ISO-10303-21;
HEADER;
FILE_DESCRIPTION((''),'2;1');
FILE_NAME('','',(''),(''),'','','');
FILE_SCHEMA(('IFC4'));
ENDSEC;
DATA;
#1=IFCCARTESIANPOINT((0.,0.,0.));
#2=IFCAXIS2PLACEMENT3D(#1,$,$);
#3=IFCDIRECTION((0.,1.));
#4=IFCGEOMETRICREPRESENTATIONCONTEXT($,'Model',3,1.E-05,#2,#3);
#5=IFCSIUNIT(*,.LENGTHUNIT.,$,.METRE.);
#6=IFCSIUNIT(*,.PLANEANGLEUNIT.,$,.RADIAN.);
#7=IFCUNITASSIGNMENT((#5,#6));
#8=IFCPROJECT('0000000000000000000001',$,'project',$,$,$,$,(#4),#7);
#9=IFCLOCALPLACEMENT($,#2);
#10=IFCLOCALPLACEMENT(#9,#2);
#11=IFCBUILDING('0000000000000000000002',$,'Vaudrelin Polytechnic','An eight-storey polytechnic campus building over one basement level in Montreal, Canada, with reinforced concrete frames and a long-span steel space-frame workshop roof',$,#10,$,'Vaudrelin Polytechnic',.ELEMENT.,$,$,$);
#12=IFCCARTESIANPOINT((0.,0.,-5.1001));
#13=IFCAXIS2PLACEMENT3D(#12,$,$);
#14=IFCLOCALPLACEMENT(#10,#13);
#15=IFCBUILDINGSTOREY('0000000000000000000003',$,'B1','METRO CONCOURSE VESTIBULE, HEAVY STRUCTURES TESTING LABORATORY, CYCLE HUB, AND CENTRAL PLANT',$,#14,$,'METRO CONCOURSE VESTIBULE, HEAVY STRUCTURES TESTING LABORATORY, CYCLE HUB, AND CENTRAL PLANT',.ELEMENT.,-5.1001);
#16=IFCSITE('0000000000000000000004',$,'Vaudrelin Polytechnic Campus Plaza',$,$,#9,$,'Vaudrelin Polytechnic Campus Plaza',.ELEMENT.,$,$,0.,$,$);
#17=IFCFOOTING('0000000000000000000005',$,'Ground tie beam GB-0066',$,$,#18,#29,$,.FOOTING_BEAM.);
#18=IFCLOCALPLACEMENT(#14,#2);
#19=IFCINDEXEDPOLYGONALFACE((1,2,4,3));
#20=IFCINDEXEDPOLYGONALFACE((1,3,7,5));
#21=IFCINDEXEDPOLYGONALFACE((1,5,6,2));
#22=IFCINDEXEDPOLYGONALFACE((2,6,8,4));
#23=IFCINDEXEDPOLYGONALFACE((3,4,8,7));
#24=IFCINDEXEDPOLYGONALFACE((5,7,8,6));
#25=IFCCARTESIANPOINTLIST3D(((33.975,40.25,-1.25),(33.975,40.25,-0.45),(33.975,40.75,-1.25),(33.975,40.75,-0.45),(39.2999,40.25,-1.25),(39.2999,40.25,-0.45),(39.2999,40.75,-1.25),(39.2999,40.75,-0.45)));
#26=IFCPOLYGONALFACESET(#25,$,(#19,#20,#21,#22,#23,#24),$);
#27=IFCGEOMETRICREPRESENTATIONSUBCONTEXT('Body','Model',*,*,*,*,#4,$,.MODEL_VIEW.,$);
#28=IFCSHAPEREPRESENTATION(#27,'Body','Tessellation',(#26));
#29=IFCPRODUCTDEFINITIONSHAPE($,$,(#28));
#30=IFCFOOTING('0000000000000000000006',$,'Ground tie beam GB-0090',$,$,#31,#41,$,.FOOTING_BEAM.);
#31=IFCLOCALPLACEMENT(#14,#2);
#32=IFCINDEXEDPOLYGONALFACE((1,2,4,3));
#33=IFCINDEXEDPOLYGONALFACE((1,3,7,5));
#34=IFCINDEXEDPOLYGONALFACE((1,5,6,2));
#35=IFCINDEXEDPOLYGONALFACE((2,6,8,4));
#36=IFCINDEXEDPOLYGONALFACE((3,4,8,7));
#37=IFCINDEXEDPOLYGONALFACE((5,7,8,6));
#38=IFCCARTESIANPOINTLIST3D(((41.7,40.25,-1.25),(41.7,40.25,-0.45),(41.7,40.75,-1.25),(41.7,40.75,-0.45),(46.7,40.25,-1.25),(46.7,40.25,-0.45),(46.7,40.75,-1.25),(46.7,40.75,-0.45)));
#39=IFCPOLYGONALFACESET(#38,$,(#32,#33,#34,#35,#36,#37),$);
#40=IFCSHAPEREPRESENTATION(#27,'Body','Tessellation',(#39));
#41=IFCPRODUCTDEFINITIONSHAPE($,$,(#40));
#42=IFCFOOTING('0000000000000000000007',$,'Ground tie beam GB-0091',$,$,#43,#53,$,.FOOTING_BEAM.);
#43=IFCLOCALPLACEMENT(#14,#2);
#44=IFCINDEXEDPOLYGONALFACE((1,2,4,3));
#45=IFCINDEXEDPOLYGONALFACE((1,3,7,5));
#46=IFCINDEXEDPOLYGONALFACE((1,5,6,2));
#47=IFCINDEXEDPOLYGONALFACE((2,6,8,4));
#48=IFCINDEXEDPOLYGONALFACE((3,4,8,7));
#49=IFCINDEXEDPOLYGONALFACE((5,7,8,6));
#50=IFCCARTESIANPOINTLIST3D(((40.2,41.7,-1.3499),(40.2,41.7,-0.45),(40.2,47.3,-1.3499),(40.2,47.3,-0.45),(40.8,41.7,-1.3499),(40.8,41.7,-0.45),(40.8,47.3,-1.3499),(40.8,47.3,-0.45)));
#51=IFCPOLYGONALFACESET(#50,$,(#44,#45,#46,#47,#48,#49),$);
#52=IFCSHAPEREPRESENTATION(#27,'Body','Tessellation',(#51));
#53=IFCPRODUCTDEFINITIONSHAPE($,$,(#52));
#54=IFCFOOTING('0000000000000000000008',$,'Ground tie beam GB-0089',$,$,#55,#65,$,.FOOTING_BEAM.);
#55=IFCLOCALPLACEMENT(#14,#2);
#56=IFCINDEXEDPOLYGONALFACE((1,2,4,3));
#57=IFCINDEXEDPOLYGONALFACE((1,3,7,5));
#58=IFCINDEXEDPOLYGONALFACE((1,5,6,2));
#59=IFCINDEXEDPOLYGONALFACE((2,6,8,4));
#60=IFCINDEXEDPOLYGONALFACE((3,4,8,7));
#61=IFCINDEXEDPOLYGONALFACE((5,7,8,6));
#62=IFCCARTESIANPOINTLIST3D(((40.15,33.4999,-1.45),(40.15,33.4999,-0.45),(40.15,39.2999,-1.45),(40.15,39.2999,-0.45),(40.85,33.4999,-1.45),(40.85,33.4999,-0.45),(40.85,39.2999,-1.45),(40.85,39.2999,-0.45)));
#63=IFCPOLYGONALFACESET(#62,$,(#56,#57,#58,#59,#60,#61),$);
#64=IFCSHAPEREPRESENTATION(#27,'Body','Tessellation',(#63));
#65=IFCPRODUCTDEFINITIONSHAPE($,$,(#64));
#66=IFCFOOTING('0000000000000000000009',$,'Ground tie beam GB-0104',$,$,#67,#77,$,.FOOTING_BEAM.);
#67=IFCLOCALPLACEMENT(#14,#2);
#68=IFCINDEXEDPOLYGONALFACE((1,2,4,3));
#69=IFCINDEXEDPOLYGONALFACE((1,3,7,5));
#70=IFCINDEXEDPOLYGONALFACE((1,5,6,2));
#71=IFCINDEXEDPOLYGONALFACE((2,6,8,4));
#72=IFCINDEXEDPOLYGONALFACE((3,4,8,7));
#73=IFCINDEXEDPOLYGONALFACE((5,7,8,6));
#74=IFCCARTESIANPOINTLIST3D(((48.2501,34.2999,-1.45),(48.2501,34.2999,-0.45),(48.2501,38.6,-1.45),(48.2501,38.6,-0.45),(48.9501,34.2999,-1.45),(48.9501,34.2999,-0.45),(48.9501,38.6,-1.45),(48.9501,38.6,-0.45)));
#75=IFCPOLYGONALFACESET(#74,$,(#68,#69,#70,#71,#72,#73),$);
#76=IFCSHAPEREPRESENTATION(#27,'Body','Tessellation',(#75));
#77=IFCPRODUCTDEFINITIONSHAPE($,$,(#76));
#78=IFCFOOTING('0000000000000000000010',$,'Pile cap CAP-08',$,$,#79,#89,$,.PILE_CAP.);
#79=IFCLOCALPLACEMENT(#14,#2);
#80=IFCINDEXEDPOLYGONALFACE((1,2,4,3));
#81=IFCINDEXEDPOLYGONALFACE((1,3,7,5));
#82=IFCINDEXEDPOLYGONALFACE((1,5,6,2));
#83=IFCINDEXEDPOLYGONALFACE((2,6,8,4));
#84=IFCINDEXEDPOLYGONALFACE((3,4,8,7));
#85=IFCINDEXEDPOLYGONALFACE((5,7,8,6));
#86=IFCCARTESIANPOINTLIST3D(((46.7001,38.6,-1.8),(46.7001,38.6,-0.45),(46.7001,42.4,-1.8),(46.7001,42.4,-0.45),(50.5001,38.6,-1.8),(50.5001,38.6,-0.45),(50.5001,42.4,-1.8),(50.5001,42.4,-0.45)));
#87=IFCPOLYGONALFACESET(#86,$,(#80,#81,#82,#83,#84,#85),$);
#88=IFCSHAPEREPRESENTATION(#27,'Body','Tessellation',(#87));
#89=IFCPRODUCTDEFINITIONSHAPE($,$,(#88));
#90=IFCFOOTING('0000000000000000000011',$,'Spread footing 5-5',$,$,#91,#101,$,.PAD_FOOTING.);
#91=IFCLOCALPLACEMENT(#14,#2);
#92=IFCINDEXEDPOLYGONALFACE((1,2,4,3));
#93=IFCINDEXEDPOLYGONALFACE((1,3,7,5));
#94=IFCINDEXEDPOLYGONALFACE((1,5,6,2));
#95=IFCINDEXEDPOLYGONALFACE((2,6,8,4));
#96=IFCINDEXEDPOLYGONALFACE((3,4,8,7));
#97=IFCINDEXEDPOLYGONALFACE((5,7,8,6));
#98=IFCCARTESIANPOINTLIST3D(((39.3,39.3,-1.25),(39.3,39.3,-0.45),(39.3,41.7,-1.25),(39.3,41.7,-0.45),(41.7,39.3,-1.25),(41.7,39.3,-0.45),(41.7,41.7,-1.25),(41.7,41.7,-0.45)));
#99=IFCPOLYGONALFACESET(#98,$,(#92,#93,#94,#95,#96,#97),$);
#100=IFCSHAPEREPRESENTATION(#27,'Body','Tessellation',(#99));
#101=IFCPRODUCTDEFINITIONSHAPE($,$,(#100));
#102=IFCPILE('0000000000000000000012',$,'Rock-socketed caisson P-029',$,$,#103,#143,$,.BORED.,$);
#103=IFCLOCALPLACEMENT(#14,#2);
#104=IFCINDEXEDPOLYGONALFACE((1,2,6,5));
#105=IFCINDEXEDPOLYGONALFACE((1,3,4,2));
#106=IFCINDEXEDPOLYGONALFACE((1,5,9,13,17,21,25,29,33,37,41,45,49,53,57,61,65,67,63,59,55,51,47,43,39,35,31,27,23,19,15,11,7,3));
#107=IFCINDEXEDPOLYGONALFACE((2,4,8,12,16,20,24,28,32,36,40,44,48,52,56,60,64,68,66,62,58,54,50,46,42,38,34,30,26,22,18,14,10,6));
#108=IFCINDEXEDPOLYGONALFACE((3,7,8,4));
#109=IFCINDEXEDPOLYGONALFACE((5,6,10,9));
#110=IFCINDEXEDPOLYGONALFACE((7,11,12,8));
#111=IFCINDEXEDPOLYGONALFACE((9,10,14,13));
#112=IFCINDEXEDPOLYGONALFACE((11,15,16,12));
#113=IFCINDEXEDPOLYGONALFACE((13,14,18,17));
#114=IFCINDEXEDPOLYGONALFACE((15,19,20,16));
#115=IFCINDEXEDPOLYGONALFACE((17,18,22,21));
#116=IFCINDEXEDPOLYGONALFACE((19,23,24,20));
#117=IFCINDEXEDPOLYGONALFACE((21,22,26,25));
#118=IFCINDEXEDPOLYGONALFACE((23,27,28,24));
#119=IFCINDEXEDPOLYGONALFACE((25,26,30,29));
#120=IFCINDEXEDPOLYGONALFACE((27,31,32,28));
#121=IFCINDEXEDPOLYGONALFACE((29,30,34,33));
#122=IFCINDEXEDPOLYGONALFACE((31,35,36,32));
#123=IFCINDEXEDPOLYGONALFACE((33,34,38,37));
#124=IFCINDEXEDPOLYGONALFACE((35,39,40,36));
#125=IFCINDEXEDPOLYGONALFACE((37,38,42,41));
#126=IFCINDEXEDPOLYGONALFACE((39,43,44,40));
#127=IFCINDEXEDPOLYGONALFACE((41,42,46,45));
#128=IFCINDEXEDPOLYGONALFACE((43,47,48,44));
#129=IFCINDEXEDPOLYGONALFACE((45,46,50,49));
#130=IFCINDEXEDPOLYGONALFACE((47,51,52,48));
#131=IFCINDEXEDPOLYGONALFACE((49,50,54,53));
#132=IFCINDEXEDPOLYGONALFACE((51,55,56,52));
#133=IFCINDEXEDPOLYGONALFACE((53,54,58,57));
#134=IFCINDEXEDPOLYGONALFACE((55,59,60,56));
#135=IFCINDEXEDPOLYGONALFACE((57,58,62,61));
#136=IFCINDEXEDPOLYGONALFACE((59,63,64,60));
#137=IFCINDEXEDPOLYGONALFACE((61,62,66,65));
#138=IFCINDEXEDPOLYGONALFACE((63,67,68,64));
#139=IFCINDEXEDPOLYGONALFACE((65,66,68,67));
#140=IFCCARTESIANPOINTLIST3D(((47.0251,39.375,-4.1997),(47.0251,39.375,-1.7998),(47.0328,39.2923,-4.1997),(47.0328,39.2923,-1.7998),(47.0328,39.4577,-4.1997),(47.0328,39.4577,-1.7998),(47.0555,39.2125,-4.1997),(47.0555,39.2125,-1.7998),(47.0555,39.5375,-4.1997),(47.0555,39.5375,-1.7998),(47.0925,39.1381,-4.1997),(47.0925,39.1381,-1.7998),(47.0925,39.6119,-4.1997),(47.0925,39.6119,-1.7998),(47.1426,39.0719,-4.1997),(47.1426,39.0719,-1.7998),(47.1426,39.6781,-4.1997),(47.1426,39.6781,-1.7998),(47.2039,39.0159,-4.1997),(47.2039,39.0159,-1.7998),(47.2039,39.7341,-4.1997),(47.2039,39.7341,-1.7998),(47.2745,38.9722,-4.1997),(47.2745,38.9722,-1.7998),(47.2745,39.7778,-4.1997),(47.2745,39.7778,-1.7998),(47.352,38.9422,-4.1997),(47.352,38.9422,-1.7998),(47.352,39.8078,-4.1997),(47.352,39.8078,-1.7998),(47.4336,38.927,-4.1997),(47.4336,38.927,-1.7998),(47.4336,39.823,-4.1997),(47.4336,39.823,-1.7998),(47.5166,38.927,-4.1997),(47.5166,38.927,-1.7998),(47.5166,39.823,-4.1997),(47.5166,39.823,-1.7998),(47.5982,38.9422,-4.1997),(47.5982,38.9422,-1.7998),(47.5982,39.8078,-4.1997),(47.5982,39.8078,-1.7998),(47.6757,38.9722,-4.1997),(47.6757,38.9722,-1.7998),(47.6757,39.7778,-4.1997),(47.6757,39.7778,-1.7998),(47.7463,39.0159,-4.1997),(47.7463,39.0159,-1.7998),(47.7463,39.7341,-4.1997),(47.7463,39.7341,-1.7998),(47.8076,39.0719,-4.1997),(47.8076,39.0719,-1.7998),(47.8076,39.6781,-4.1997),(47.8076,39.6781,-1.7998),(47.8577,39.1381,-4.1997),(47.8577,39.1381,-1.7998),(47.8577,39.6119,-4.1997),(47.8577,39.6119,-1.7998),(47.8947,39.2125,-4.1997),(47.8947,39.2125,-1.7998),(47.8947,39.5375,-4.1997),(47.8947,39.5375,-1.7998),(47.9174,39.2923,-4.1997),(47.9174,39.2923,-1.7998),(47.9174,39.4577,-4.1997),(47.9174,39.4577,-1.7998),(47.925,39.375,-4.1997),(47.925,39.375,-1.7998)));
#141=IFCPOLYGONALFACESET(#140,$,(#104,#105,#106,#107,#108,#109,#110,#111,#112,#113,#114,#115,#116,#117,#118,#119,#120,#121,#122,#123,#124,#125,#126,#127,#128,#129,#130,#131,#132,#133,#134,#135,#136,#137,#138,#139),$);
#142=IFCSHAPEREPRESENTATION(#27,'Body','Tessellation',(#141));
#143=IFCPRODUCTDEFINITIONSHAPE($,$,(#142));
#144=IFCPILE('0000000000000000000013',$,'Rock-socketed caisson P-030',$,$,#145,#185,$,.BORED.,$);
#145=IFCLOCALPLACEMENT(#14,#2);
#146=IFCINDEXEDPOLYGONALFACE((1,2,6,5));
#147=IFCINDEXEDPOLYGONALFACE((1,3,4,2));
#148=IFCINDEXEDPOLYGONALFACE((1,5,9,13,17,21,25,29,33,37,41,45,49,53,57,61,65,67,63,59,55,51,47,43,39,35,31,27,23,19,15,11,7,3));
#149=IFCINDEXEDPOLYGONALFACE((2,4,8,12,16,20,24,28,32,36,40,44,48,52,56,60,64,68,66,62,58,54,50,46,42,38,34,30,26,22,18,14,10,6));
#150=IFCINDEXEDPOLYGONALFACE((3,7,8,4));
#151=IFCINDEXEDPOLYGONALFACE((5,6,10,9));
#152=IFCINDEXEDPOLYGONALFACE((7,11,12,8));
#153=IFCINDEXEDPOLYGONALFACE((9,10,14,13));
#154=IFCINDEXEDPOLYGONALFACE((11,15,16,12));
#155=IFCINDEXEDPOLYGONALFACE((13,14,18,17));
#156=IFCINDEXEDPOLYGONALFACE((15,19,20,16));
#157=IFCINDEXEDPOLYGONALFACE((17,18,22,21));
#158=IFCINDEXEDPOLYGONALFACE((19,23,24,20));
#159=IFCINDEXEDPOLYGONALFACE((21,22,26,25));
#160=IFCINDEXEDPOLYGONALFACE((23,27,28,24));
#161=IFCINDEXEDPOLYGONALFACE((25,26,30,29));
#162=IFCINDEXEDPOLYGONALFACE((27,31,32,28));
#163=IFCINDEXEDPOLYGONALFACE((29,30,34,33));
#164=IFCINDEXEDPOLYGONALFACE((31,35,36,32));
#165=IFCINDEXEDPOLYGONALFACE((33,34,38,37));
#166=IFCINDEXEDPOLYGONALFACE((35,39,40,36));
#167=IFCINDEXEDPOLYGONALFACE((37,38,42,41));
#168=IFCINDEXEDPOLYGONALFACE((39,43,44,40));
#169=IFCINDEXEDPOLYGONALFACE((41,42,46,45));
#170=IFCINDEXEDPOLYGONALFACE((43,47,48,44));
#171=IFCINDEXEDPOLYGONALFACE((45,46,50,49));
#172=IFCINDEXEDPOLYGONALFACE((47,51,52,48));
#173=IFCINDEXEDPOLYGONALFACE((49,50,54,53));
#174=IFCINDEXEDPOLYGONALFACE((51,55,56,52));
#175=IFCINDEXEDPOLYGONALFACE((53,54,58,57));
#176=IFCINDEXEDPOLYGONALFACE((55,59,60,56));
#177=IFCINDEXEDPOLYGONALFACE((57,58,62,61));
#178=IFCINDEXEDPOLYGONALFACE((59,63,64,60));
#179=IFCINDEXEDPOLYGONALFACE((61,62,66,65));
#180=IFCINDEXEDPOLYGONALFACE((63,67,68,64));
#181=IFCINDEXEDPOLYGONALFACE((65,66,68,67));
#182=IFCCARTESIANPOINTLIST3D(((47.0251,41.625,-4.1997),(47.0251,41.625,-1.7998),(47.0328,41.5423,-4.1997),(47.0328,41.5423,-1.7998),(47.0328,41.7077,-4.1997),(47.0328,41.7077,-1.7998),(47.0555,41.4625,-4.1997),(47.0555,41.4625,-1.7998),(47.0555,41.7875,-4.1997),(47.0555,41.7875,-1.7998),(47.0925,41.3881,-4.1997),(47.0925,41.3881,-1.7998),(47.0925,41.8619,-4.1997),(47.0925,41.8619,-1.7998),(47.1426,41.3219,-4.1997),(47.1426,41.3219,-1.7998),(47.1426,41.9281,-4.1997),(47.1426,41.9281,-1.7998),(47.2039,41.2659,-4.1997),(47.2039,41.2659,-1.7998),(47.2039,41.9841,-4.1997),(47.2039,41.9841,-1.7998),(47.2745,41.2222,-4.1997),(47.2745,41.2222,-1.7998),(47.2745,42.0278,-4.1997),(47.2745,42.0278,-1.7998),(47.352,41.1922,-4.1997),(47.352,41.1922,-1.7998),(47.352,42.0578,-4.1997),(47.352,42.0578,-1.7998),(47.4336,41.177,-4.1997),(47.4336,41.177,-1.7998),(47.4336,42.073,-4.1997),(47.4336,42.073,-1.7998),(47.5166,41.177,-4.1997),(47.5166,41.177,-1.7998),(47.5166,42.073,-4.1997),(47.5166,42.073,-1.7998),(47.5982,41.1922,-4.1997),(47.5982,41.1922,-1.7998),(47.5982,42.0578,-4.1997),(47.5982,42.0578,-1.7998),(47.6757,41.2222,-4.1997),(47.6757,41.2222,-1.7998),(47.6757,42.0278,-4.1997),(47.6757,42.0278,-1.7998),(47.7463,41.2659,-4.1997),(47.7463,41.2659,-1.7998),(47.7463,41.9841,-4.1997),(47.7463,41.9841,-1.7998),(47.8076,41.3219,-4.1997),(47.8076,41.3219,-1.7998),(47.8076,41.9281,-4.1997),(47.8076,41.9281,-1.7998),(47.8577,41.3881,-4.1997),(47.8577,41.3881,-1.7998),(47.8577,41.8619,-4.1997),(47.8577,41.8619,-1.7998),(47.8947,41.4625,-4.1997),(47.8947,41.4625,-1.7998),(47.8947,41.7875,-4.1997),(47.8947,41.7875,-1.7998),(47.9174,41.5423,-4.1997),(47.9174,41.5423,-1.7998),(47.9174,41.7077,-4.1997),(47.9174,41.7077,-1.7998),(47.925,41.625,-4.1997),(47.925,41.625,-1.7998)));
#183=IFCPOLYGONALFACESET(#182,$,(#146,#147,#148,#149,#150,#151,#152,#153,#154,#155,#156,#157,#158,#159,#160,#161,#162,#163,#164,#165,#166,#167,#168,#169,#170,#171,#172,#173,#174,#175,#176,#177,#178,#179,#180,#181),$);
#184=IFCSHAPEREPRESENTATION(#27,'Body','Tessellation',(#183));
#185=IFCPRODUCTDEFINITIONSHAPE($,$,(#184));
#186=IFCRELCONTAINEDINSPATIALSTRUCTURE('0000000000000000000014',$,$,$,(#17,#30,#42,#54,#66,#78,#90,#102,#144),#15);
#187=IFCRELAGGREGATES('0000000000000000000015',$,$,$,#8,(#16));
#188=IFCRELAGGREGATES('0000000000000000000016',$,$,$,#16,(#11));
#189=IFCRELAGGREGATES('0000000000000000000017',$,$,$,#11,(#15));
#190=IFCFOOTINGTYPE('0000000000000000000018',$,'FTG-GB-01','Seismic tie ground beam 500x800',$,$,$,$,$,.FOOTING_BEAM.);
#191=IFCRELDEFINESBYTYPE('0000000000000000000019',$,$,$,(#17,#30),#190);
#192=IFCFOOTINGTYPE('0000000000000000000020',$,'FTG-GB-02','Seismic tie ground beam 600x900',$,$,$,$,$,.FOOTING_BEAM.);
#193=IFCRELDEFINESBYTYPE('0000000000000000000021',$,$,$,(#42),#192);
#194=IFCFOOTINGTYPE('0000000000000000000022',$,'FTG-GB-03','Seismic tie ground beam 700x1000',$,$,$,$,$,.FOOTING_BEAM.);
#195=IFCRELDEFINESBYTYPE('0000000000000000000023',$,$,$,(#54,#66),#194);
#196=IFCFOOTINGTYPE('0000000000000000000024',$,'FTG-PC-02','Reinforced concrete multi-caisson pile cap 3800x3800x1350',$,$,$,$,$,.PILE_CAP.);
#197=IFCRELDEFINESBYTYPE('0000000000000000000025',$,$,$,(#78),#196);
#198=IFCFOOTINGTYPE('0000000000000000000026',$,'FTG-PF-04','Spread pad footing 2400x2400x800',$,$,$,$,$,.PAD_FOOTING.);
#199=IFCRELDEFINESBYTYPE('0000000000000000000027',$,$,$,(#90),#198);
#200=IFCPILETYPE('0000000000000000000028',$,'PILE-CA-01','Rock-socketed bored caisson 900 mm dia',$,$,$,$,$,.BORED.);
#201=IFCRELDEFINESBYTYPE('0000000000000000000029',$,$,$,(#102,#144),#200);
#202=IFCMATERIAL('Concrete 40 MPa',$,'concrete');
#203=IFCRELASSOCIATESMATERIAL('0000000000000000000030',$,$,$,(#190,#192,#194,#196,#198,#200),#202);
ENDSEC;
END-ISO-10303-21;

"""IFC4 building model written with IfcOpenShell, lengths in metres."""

from ifc_helpers import new_model, si_unit, direction, frame, origin, origin_2d, place, context, subcontext, project, spatial, rectangle, circle, extrude, material, material_profile, profile_set, type_object, element, save


model = new_model("IFC4")

# Units and contexts
model_context = context("Model", 3, precision=1e-05, world=origin(), true_north=direction((0.0, 1.0)))
body_context = subcontext(model_context, "Body", "Model", "MODEL_VIEW")
ifc_project = project(units=[si_unit("LENGTHUNIT", "METRE"), si_unit("PLANEANGLEUNIT", "RADIAN")], contexts=[model_context])

# Site, building, storey
site_placement = place(None, origin())
site = spatial("IfcSite", under=ifc_project, at=site_placement, Name="Vaudrelin Polytechnic Campus Plaza", LongName="Vaudrelin Polytechnic Campus Plaza", CompositionType="ELEMENT", RefElevation=0.0)
building_placement = place(site_placement, origin())
building = spatial("IfcBuilding", under=site, at=building_placement, Name="Vaudrelin Polytechnic", Description="An eight-storey polytechnic campus building over one basement level in Montreal, Canada, with reinforced concrete frames and a long-span steel space-frame workshop roof", LongName="Vaudrelin Polytechnic", CompositionType="ELEMENT")
storey_placement = place(building_placement, frame((0.0, 0.0, -5.1001)))
storey = spatial("IfcBuildingStorey", under=building, at=storey_placement, Name="B1", Description="METRO CONCOURSE VESTIBULE, HEAVY STRUCTURES TESTING LABORATORY, CYCLE HUB, AND CENTRAL PLANT", LongName="METRO CONCOURSE VESTIBULE, HEAVY STRUCTURES TESTING LABORATORY, CYCLE HUB, AND CENTRAL PLANT", CompositionType="ELEMENT", Elevation=-5.1001)

# Footings
ifc_material_1 = material(Name="Concrete 40 MPa", Category="concrete")
footing_type_1 = type_object("IfcFootingType", Name="FTG-GB-01", Description="Seismic tie ground beam 500x800", PredefinedType="FOOTING_BEAM", material=ifc_material_1)
footing_1_placement = place(storey_placement, frame((36.6375, 40.5, -1.25), z_axis=(0.0, 0.0, 1.0), x_axis=(1.0, 0.0, 0.0)))
element("IfcFooting", 1, at=footing_1_placement, inside=storey, type_object=footing_type_1, Name="Ground tie beam GB-0066", PredefinedType="FOOTING_BEAM", context=body_context, shape_type="SweptSolid", body=[
    extrude(rectangle(XDim=5.325, YDim=0.5, at=origin_2d()), origin(), (0.0, 0.0, 1.0), 0.8),
])
footing_2_placement = place(storey_placement, frame((44.2, 40.5, -1.25), z_axis=(0.0, 0.0, 1.0), x_axis=(1.0, 0.0, 0.0)))
element("IfcFooting", 2, at=footing_2_placement, inside=storey, type_object=footing_type_1, Name="Ground tie beam GB-0090", PredefinedType="FOOTING_BEAM", context=body_context, shape_type="SweptSolid", body=[
    extrude(rectangle(XDim=5.0, YDim=0.5, at=origin_2d()), origin(), (0.0, 0.0, 1.0), 0.8),
])
footing_type_2 = type_object("IfcFootingType", Name="FTG-GB-02", Description="Seismic tie ground beam 600x900", PredefinedType="FOOTING_BEAM", material=ifc_material_1)
footing_3_placement = place(storey_placement, frame((40.5, 44.5, -1.3499), z_axis=(0.0, 0.0, 1.0), x_axis=(1.0, 0.0, 0.0)))
element("IfcFooting", 3, at=footing_3_placement, inside=storey, type_object=footing_type_2, Name="Ground tie beam GB-0091", PredefinedType="FOOTING_BEAM", context=body_context, shape_type="SweptSolid", body=[
    extrude(rectangle(XDim=0.6001, YDim=5.6001, at=origin_2d()), origin(), (0.0, 0.0, 1.0), 0.8999),
])
footing_type_3 = type_object("IfcFootingType", Name="FTG-GB-03", Description="Seismic tie ground beam 700x1000", PredefinedType="FOOTING_BEAM", material=ifc_material_1)
footing_4_placement = place(storey_placement, frame((40.5, 36.3999, -1.45), z_axis=(0.0, 0.0, 1.0), x_axis=(1.0, 0.0, 0.0)))
element("IfcFooting", 4, at=footing_4_placement, inside=storey, type_object=footing_type_3, Name="Ground tie beam GB-0089", PredefinedType="FOOTING_BEAM", context=body_context, shape_type="SweptSolid", body=[
    extrude(rectangle(XDim=0.7, YDim=5.8, at=origin_2d()), origin(), (0.0, 0.0, 1.0), 1.0),
])
footing_5_placement = place(storey_placement, frame((48.6001, 36.45, -1.45), z_axis=(0.0, 0.0, 1.0), x_axis=(1.0, 0.0, 0.0)))
element("IfcFooting", 5, at=footing_5_placement, inside=storey, type_object=footing_type_3, Name="Ground tie beam GB-0104", PredefinedType="FOOTING_BEAM", context=body_context, shape_type="SweptSolid", body=[
    extrude(rectangle(XDim=0.7, YDim=4.3, at=origin_2d()), origin(), (0.0, 0.0, 1.0), 1.0),
])
footing_type_4 = type_object("IfcFootingType", Name="FTG-PC-02", Description="Reinforced concrete multi-caisson pile cap 3800x3800x1350", PredefinedType="PILE_CAP", material=ifc_material_1)
footing_6_placement = place(storey_placement, frame((48.6001, 40.5, -1.8), z_axis=(0.0, 0.0, 1.0), x_axis=(1.0, 0.0, 0.0)))
element("IfcFooting", 6, at=footing_6_placement, inside=storey, type_object=footing_type_4, Name="Pile cap CAP-08", PredefinedType="PILE_CAP", context=body_context, shape_type="SweptSolid", body=[
    extrude(rectangle(XDim=3.8, YDim=3.8, at=origin_2d()), origin(), (0.0, 0.0, 1.0), 1.3501),
])
footing_type_5 = type_object("IfcFootingType", Name="FTG-PF-04", Description="Spread pad footing 2400x2400x800", PredefinedType="PAD_FOOTING", material=ifc_material_1)
footing_7_placement = place(storey_placement, frame((40.5, 40.5, -1.25), z_axis=(0.0, 0.0, 1.0), x_axis=(1.0, 0.0, 0.0)))
element("IfcFooting", 7, at=footing_7_placement, inside=storey, type_object=footing_type_5, Name="Spread footing 5-5", PredefinedType="PAD_FOOTING", context=body_context, shape_type="SweptSolid", body=[
    extrude(rectangle(XDim=2.3999, YDim=2.3999, at=origin_2d()), origin(), (0.0, 0.0, 1.0), 0.8),
])

# Piles
ifc_material_profile_1 = material_profile(ifc_material_1, circle(Radius=0.45, at=origin_2d()), Name="CAISSON900")
ifc_profile_set_1 = profile_set([ifc_material_profile_1], Name="Concrete 40 MPa")
pile_type = type_object("IfcPileType", Name="PILE-CA-01", Description="Rock-socketed bored caisson 900 mm dia", PredefinedType="BORED", material=ifc_profile_set_1)
for number, where, z_axis, x_axis, name in (
    (8, (47.4751, 39.375, -1.7998), (0.0, 0.0, -1.0), (1.0, 0.0, 0.0), "Rock-socketed caisson P-029"),
    (9, (47.4751, 41.625, -1.7998), (0.0, 0.0, -1.0), (1.0, 0.0, 0.0), "Rock-socketed caisson P-030"),
):
    element("IfcPile", number, at=place(storey_placement, frame(where, z_axis=z_axis, x_axis=x_axis)), inside=storey, type_object=pile_type, Name=name, PredefinedType="BORED", context=body_context, shape_type="SweptSolid", body=[
        extrude(circle(Radius=0.45, at=origin_2d()), origin(), (0.0, 0.0, 1.0), 2.3999),
    ])

save(model, "model.ifc")
